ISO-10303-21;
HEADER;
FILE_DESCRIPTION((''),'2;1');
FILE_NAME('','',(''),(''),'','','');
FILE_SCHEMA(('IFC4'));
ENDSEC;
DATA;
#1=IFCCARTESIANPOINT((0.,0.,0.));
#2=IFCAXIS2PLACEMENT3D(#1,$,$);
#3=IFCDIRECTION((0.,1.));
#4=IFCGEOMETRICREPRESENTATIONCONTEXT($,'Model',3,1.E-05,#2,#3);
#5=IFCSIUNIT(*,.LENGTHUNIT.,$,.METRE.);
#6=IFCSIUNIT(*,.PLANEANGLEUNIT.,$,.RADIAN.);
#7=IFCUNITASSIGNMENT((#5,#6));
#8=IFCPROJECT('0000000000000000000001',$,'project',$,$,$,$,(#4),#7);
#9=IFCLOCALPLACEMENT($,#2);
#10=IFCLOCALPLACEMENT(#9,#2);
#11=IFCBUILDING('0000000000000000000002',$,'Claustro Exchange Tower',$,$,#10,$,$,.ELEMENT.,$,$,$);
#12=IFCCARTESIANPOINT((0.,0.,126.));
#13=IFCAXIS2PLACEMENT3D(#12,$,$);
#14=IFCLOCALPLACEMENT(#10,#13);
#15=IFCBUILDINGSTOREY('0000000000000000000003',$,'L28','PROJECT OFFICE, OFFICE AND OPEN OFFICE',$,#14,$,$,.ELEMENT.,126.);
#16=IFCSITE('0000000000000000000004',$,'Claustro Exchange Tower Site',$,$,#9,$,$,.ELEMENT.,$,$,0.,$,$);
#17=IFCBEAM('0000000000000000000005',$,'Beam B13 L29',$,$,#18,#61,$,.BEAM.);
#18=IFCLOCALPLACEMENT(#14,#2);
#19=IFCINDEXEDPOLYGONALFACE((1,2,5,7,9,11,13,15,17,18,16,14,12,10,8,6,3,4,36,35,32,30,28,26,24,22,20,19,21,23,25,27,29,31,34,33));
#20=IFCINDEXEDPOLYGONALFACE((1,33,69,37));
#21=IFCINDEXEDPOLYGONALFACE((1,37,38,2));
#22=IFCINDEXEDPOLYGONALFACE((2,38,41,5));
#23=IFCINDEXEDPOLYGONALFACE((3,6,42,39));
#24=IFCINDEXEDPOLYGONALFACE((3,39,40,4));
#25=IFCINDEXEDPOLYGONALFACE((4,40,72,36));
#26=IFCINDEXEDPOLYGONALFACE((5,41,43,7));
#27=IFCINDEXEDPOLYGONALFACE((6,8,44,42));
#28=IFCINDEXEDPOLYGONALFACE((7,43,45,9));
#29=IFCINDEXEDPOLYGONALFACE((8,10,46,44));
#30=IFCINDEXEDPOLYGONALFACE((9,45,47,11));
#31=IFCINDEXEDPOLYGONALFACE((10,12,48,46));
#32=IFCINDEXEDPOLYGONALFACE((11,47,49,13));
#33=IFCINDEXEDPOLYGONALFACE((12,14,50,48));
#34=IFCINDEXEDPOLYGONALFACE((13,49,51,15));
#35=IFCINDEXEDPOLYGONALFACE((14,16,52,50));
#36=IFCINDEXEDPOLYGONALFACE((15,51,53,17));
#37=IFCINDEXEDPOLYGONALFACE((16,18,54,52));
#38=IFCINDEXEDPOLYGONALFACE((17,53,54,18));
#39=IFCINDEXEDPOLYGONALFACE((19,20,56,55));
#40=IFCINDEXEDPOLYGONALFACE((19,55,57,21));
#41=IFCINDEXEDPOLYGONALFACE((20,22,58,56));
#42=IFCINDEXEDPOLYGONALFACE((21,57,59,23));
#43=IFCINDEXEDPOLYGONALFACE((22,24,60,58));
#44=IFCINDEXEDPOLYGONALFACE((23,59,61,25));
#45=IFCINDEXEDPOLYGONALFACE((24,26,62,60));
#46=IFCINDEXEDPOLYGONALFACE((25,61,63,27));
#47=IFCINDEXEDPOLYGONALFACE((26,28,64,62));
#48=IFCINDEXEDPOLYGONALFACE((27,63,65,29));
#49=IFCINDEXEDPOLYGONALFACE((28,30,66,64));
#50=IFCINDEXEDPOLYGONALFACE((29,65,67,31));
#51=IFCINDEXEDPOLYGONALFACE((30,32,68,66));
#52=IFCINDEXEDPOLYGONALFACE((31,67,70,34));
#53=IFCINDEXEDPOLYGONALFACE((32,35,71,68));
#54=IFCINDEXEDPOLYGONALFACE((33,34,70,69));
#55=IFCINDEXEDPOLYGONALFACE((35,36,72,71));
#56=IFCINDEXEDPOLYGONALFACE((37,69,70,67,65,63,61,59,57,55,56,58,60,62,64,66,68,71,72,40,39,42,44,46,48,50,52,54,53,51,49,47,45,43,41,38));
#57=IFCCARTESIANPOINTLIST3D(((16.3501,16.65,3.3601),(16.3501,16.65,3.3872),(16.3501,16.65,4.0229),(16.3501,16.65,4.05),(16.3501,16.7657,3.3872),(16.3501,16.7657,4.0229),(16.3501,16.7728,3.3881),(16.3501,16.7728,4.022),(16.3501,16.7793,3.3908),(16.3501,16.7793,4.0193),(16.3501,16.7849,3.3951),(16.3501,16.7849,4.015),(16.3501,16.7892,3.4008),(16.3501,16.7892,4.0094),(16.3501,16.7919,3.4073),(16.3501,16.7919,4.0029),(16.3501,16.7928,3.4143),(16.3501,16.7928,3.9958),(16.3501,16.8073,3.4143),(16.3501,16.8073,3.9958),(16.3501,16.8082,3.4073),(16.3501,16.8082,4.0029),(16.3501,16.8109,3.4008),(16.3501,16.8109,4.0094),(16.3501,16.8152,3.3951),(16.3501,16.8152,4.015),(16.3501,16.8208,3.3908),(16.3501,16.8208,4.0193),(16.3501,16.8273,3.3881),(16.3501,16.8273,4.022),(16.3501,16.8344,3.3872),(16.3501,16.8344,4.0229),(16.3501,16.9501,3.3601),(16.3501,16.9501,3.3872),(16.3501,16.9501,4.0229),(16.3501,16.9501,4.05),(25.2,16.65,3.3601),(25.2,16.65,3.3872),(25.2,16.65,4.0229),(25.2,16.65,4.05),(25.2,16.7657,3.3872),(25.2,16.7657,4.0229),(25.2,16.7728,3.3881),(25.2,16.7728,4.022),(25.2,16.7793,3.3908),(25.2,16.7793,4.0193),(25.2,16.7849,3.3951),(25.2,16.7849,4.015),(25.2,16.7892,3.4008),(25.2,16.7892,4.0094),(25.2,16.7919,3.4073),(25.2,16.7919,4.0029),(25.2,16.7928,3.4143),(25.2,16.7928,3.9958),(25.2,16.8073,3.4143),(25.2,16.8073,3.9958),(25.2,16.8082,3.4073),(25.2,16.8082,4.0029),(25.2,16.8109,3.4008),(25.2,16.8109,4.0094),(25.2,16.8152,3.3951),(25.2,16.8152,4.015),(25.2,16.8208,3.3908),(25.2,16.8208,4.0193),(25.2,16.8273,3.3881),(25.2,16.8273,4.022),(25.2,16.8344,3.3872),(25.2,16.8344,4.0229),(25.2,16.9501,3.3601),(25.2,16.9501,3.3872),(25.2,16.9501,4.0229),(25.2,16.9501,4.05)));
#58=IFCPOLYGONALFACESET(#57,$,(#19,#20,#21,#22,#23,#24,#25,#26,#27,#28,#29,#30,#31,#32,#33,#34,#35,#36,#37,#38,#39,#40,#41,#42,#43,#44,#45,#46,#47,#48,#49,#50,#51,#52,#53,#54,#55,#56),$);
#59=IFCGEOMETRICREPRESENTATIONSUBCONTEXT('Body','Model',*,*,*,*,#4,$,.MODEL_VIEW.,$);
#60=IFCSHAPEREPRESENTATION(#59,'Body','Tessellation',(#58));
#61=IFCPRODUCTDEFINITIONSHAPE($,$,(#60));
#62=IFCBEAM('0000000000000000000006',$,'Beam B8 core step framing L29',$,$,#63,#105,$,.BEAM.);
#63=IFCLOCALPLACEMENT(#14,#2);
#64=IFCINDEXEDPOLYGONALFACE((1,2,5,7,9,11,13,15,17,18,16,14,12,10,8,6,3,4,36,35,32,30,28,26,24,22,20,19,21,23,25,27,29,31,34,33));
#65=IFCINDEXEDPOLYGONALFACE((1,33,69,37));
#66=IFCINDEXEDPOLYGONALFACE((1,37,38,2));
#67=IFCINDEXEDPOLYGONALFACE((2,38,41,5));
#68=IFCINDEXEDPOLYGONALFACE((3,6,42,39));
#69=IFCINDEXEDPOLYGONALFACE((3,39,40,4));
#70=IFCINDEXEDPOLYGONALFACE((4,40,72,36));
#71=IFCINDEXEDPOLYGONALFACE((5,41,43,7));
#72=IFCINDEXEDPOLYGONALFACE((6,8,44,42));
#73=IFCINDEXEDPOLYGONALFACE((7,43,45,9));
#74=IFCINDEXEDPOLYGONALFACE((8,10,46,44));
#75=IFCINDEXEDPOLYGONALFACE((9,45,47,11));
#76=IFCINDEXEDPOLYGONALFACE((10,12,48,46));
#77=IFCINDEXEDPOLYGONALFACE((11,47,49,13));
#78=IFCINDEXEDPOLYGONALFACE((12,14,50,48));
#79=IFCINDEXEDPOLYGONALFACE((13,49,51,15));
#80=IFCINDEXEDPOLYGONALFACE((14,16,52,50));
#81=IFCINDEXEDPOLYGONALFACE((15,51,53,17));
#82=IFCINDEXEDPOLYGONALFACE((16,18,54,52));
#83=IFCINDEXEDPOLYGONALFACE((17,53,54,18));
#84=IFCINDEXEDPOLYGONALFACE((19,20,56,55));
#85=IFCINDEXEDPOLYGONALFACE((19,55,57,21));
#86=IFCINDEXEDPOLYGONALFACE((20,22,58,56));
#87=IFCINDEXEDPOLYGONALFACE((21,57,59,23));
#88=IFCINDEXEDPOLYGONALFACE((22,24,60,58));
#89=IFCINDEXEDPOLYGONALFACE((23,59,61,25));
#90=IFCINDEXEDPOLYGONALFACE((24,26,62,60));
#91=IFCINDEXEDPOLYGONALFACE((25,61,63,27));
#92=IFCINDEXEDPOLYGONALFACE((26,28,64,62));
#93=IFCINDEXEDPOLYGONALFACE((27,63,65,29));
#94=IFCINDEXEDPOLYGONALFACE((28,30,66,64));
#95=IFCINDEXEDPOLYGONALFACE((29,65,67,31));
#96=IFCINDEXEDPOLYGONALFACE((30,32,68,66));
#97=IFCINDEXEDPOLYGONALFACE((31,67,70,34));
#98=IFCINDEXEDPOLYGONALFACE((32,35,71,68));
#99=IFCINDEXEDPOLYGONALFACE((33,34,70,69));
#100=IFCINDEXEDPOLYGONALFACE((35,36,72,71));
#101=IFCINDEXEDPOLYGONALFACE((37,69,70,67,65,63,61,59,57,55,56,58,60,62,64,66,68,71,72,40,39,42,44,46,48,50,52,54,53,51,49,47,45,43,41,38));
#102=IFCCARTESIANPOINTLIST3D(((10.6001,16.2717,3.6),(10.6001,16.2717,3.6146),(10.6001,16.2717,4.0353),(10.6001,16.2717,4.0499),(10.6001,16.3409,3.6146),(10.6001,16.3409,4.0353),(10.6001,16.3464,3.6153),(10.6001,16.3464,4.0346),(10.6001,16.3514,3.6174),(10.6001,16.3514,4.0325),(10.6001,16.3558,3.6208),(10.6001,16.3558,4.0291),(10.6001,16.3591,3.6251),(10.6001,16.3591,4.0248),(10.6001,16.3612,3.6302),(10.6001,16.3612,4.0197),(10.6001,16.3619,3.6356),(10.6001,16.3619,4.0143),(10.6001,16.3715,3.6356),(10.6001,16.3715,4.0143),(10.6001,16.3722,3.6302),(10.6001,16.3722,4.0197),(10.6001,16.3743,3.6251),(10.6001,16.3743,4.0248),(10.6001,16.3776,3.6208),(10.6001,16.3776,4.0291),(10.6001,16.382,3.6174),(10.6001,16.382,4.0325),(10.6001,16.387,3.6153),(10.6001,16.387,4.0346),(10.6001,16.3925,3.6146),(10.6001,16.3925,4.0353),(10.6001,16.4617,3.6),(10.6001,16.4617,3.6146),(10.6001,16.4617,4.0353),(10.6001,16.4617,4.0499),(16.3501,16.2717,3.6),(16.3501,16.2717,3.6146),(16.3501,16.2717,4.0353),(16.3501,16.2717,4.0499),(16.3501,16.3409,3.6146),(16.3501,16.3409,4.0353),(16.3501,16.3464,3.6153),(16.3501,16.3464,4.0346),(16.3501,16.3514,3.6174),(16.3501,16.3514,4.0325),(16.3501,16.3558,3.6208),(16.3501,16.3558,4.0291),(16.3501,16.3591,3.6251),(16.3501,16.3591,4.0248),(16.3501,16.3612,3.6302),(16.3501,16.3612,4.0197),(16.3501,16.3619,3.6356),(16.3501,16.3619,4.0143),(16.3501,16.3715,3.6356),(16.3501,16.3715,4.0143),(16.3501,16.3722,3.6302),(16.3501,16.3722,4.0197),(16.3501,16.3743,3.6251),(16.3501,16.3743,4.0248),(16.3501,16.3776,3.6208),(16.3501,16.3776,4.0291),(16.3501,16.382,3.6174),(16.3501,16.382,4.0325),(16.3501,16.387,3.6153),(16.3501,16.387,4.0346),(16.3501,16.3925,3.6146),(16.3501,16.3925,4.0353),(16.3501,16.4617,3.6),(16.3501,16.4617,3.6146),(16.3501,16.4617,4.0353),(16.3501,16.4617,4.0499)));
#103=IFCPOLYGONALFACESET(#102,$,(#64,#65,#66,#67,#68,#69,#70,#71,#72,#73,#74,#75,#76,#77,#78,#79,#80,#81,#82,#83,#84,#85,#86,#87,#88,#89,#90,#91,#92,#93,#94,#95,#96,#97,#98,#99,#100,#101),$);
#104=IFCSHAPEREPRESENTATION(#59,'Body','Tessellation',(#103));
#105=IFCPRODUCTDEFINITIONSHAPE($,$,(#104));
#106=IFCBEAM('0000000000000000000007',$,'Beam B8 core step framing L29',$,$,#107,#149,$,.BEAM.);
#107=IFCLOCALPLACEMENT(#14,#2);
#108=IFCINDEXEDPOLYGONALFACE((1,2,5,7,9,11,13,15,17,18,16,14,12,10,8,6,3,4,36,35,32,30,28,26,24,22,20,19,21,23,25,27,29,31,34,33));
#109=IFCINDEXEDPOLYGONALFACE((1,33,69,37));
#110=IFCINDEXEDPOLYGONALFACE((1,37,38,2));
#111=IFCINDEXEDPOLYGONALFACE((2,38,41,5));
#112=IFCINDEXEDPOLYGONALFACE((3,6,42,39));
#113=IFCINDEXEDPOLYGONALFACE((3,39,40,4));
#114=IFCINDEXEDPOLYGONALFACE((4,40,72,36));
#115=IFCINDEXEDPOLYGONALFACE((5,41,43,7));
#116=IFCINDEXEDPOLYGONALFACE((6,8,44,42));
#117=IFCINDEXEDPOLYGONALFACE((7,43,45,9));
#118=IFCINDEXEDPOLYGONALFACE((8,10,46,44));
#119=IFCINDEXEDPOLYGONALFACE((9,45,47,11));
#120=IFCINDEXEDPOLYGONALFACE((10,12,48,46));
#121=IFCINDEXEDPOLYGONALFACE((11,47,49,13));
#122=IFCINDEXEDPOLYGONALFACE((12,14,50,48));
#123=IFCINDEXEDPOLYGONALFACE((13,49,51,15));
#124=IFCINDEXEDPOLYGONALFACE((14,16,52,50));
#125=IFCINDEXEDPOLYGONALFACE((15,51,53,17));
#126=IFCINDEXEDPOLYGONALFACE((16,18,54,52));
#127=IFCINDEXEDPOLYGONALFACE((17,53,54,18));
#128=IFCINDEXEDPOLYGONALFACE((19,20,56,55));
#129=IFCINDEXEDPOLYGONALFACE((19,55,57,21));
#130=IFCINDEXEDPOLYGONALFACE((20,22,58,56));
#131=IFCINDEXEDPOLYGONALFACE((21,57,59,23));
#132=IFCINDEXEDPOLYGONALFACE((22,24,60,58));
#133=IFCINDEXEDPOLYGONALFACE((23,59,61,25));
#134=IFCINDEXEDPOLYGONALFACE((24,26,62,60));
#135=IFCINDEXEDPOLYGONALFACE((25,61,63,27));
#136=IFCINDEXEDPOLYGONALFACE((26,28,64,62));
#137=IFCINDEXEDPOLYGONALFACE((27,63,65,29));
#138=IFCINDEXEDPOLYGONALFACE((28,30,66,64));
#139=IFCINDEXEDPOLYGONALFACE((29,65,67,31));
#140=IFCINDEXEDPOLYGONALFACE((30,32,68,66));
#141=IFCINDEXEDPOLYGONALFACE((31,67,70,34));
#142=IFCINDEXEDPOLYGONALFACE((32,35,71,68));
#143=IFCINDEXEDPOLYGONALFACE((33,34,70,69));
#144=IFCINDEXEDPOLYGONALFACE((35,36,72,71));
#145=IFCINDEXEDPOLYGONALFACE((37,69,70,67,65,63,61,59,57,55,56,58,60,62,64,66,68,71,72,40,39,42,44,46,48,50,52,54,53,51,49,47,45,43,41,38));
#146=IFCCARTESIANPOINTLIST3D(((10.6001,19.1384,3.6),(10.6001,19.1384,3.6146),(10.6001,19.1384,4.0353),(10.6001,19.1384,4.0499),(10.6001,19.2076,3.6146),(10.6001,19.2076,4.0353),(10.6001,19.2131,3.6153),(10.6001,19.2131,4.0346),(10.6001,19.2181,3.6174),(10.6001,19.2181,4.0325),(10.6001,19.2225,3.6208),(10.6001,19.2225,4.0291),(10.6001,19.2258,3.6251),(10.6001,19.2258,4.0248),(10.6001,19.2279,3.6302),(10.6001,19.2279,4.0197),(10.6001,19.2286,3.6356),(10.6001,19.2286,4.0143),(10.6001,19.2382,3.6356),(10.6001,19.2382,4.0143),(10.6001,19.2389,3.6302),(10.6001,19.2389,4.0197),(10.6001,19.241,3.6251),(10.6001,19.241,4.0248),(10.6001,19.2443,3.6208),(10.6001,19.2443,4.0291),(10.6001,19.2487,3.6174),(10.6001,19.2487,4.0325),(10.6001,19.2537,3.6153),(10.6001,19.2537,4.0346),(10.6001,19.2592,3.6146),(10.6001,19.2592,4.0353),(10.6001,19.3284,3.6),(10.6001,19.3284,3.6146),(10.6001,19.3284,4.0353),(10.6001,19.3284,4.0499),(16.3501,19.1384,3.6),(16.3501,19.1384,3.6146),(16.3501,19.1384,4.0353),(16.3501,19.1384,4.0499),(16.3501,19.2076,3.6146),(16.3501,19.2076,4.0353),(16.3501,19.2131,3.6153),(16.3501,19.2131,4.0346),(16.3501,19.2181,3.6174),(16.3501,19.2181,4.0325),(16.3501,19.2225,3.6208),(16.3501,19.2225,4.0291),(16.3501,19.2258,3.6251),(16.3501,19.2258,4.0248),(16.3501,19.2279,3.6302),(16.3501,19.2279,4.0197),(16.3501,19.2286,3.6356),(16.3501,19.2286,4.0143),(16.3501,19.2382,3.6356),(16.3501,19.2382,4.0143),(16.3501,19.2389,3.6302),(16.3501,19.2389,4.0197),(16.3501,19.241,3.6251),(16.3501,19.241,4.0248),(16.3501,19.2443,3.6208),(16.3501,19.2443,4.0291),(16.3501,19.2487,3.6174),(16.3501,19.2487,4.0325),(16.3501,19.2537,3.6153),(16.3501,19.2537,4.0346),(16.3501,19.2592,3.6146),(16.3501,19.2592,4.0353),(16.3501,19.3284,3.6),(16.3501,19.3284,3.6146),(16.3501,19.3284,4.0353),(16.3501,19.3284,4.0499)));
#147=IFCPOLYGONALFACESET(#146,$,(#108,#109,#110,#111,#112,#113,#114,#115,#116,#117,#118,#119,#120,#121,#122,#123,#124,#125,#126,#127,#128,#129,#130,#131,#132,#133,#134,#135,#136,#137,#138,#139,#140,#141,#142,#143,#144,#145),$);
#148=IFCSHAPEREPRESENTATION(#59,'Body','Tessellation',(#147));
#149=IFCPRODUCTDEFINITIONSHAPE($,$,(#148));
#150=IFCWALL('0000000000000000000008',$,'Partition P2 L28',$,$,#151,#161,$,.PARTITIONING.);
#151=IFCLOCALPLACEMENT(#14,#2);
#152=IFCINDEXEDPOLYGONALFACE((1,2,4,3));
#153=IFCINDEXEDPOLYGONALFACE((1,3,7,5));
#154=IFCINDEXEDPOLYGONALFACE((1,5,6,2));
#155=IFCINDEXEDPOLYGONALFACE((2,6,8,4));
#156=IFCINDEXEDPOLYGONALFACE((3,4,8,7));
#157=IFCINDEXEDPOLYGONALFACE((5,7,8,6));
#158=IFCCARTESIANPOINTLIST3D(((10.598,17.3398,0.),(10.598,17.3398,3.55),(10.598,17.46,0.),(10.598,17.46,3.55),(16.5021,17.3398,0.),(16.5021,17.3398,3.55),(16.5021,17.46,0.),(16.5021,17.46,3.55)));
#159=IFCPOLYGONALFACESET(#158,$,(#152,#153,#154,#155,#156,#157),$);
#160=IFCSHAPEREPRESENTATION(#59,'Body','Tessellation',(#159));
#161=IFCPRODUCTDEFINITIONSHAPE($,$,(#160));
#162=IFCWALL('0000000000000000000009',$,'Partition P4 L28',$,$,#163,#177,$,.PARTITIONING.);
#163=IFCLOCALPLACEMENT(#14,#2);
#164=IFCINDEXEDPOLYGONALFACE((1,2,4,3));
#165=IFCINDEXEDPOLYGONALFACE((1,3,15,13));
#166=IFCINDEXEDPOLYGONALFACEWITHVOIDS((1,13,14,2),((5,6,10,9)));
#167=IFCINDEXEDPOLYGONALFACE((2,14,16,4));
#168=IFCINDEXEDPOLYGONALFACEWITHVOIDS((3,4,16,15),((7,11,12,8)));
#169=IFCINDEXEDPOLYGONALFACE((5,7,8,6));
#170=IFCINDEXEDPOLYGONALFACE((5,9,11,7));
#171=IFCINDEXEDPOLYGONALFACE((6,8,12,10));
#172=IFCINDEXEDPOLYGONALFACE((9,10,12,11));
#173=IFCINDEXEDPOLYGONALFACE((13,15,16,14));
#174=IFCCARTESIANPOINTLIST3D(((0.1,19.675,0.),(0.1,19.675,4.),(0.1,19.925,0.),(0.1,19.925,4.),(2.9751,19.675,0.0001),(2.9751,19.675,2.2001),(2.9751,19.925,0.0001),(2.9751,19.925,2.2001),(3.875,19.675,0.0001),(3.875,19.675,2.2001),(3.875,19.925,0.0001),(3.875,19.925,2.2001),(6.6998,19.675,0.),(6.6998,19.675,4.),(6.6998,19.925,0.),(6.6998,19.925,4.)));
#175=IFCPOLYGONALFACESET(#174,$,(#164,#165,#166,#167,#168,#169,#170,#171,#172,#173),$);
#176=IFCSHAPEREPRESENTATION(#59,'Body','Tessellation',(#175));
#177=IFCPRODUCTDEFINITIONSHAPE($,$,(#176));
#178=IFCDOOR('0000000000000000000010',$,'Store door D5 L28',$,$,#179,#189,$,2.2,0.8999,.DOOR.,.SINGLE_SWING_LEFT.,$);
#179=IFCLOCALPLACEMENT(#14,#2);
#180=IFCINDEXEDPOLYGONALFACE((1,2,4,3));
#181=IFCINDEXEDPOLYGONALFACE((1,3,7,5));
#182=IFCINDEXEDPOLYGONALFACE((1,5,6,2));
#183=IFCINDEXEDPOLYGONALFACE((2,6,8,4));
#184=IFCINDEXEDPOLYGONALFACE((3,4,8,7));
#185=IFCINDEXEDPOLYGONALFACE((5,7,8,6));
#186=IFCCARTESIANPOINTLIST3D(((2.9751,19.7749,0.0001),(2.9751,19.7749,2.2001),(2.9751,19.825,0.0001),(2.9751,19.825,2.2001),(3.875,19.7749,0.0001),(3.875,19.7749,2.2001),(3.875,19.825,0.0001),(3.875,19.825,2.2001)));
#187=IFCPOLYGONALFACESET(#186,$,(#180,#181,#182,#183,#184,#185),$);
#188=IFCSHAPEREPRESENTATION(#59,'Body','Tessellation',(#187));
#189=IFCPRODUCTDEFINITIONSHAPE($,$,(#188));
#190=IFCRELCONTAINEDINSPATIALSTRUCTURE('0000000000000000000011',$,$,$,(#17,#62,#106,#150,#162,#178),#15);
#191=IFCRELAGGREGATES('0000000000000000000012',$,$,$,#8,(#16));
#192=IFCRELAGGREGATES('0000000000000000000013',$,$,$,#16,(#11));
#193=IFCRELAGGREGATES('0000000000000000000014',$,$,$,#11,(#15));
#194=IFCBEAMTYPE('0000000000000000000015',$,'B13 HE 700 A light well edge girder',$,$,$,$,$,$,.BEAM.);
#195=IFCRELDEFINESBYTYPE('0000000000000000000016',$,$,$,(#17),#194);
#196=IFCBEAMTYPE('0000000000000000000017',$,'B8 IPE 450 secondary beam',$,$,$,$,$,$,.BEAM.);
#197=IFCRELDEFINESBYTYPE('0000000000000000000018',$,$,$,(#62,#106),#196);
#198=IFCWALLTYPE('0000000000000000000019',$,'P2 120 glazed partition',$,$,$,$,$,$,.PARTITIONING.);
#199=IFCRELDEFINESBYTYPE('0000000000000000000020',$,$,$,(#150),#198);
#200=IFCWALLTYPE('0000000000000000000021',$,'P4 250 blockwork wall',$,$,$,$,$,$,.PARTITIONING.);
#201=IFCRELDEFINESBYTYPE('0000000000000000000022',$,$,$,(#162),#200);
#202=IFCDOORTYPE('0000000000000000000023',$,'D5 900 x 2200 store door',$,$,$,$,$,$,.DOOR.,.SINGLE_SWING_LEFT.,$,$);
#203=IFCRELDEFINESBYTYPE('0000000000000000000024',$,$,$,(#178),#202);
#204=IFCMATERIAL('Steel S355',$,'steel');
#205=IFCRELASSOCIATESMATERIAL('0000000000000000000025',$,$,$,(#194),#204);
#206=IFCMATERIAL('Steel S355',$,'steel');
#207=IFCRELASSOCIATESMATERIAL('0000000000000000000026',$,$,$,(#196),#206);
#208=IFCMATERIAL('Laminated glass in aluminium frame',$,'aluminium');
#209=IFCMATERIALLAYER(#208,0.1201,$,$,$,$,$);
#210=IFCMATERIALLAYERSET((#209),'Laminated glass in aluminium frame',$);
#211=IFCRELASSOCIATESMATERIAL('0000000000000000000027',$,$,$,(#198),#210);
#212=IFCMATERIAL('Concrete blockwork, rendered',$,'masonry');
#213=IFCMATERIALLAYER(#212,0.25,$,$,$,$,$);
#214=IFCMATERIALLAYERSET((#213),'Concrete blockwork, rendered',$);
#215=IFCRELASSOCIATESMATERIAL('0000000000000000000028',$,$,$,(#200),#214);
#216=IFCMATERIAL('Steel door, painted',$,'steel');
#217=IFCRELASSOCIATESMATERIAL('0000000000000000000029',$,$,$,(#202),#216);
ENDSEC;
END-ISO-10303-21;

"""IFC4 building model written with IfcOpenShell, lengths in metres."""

from ifc_helpers import new_model, si_unit, direction, frame, frame_2d, origin, origin_2d, place, context, subcontext, project, spatial, rectangle, i_section, extrude, material, layer, layer_set, material_profile, profile_set, type_object, element, fill, save


model = new_model("IFC4")

# Units and contexts
model_context = context("Model", 3, precision=1e-05, world=origin(), true_north=direction((0.0, 1.0)))
body_context = subcontext(model_context, "Body", "Model", "MODEL_VIEW")
ifc_project = project(units=[si_unit("LENGTHUNIT", "METRE"), si_unit("PLANEANGLEUNIT", "RADIAN")], contexts=[model_context])

# Site, building, storey
site_placement = place(None, origin())
site = spatial("IfcSite", under=ifc_project, at=site_placement, Name="Claustro Exchange Tower Site", CompositionType="ELEMENT", RefElevation=0.0)
building_placement = place(site_placement, origin())
building = spatial("IfcBuilding", under=site, at=building_placement, Name="Claustro Exchange Tower", CompositionType="ELEMENT")
storey_placement = place(building_placement, frame((0.0, 0.0, 126.0)))
storey = spatial("IfcBuildingStorey", under=building, at=storey_placement, Name="L28", Description="PROJECT OFFICE, OFFICE AND OPEN OFFICE", CompositionType="ELEMENT", Elevation=126.0)

# Beams
ifc_material_1 = material(Name="Steel S355", Category="steel")
ifc_material_profile_1 = material_profile(ifc_material_1, i_section(OverallWidth=0.3, OverallDepth=0.6899, WebThickness=0.0144, FlangeThickness=0.0271, FilletRadius=0.0271, at=origin_2d()), Name="HE 700 A")
ifc_profile_set_1 = profile_set([ifc_material_profile_1], Name="Steel S355")
beam_type_1 = type_object("IfcBeamType", Name="B13 HE 700 A light well edge girder", PredefinedType="BEAM", material=ifc_profile_set_1)
beam_placement = place(storey_placement, frame((16.3501, 16.8, 3.7051), z_axis=(1.0, 0.0, 0.0), x_axis=(0.0, 1.0, 0.0)))
element("IfcBeam", 1, at=beam_placement, inside=storey, type_object=beam_type_1, Name="Beam B13 L29", PredefinedType="BEAM", context=body_context, shape_type="SweptSolid", body=[
    extrude(i_section(OverallWidth=0.3, OverallDepth=0.6899, WebThickness=0.0144, FlangeThickness=0.0271, FilletRadius=0.0271, at=origin_2d()), origin(), (0.0, 0.0, 1.0), 8.8499),
])
ifc_material_2 = material(Name="Steel S355", Category="steel")
ifc_material_profile_2 = material_profile(ifc_material_2, i_section(OverallWidth=0.1899, OverallDepth=0.45, WebThickness=0.0095, FlangeThickness=0.0146, FilletRadius=0.021, at=origin_2d()), Name="IPE 450")
ifc_profile_set_2 = profile_set([ifc_material_profile_2], Name="Steel S355")
beam_type_2 = type_object("IfcBeamType", Name="B8 IPE 450 secondary beam", PredefinedType="BEAM", material=ifc_profile_set_2)
for number, where, z_axis, x_axis, name in (
    (2, (10.6001, 16.3667, 3.825), (1.0, 0.0, 0.0), (0.0, 1.0, 0.0), "Beam B8 core step framing L29"),
    (3, (10.6001, 19.2334, 3.825), (1.0, 0.0, 0.0), (0.0, 1.0, 0.0), "Beam B8 core step framing L29"),
):
    element("IfcBeam", number, at=place(storey_placement, frame(where, z_axis=z_axis, x_axis=x_axis)), inside=storey, type_object=beam_type_2, Name=name, PredefinedType="BEAM", context=body_context, shape_type="SweptSolid", body=[
        extrude(i_section(OverallWidth=0.1899, OverallDepth=0.45, WebThickness=0.0095, FlangeThickness=0.0146, FilletRadius=0.021, at=origin_2d()), origin(), (0.0, 0.0, 1.0), 5.75),
    ])

# Wall
ifc_material_3 = material(Name="Laminated glass in aluminium frame", Category="aluminium")
ifc_layer_1 = layer(ifc_material_3, 0.1201)
ifc_layer_set_1 = layer_set([ifc_layer_1], Name="Laminated glass in aluminium frame")
wall_type_1 = type_object("IfcWallType", Name="P2 120 glazed partition", PredefinedType="PARTITIONING", material=ifc_layer_set_1)
wall_1_placement = place(storey_placement, frame((10.5979, 17.3999, 0.0), z_axis=(0.0, 0.0, 1.0), x_axis=(1.0, 0.0, 0.0)))
element("IfcWall", 4, at=wall_1_placement, inside=storey, type_object=wall_type_1, Name="Partition P2 L28", PredefinedType="PARTITIONING", context=body_context, shape_type="SweptSolid", body=[
    extrude(rectangle(XDim=5.9041, YDim=0.1201, at=frame_2d((2.9521, 0.0))), origin(), (0.0, 0.0, 1.0), 3.55),
])

# Wall, opening, door
ifc_material_4 = material(Name="Concrete blockwork, rendered", Category="masonry")
ifc_layer_2 = layer(ifc_material_4, 0.25)
ifc_layer_set_2 = layer_set([ifc_layer_2], Name="Concrete blockwork, rendered")
wall_type_2 = type_object("IfcWallType", Name="P4 250 blockwork wall", PredefinedType="PARTITIONING", material=ifc_layer_set_2)
wall_2_placement = place(storey_placement, frame((0.1001, 19.8, 0.0), z_axis=(0.0, 0.0, 1.0), x_axis=(1.0, 0.0, 0.0)))
wall_2 = element("IfcWall", 5, at=wall_2_placement, inside=storey, type_object=wall_type_2, Name="Partition P4 L28", PredefinedType="PARTITIONING", context=body_context, shape_type="SweptSolid", body=[
    extrude(rectangle(XDim=6.5999, YDim=0.25, at=frame_2d((3.2998, 0.0))), origin(), (0.0, 0.0, 1.0), 4.0),
])
opening_1_placement = place(wall_2_placement, frame((2.875, 0.0, 0.0)))
opening_1 = element("IfcOpeningElement", 6, at=opening_1_placement, cuts=wall_2, PredefinedType="OPENING", context=body_context, shape_type="SweptSolid", body=[
    extrude(rectangle(XDim=0.8999, YDim=2.2, at=frame_2d((0.45, 1.1001))), frame((0.0, 0.135, 0.0), z_axis=(0.0, -1.0, 0.0), x_axis=(1.0, 0.0, 0.0)), (0.0, 0.0, 1.0), 0.27),
])
ifc_material_5 = material(Name="Steel door, painted", Category="steel")
door_type = type_object("IfcDoorType", Name="D5 900 x 2200 store door", OperationType="SINGLE_SWING_LEFT", PredefinedType="DOOR", material=ifc_material_5)
door_placement = place(opening_1_placement, origin())
door = element("IfcDoor", 7, at=door_placement, inside=storey, type_object=door_type, Name="Store door D5 L28", OperationType="SINGLE_SWING_LEFT", OverallHeight=2.2, OverallWidth=0.8999, PredefinedType="DOOR", context=body_context, shape_type="SweptSolid", body=[
    extrude(rectangle(XDim=0.8999, YDim=2.2, at=frame_2d((0.45, 1.1001))), frame((0.0, 0.0249, 0.0), z_axis=(0.0, -1.0, 0.0), x_axis=(1.0, 0.0, 0.0)), (0.0, 0.0, 1.0), 0.05),
])
fill(opening_1, door)

save(model, "model.ifc")
